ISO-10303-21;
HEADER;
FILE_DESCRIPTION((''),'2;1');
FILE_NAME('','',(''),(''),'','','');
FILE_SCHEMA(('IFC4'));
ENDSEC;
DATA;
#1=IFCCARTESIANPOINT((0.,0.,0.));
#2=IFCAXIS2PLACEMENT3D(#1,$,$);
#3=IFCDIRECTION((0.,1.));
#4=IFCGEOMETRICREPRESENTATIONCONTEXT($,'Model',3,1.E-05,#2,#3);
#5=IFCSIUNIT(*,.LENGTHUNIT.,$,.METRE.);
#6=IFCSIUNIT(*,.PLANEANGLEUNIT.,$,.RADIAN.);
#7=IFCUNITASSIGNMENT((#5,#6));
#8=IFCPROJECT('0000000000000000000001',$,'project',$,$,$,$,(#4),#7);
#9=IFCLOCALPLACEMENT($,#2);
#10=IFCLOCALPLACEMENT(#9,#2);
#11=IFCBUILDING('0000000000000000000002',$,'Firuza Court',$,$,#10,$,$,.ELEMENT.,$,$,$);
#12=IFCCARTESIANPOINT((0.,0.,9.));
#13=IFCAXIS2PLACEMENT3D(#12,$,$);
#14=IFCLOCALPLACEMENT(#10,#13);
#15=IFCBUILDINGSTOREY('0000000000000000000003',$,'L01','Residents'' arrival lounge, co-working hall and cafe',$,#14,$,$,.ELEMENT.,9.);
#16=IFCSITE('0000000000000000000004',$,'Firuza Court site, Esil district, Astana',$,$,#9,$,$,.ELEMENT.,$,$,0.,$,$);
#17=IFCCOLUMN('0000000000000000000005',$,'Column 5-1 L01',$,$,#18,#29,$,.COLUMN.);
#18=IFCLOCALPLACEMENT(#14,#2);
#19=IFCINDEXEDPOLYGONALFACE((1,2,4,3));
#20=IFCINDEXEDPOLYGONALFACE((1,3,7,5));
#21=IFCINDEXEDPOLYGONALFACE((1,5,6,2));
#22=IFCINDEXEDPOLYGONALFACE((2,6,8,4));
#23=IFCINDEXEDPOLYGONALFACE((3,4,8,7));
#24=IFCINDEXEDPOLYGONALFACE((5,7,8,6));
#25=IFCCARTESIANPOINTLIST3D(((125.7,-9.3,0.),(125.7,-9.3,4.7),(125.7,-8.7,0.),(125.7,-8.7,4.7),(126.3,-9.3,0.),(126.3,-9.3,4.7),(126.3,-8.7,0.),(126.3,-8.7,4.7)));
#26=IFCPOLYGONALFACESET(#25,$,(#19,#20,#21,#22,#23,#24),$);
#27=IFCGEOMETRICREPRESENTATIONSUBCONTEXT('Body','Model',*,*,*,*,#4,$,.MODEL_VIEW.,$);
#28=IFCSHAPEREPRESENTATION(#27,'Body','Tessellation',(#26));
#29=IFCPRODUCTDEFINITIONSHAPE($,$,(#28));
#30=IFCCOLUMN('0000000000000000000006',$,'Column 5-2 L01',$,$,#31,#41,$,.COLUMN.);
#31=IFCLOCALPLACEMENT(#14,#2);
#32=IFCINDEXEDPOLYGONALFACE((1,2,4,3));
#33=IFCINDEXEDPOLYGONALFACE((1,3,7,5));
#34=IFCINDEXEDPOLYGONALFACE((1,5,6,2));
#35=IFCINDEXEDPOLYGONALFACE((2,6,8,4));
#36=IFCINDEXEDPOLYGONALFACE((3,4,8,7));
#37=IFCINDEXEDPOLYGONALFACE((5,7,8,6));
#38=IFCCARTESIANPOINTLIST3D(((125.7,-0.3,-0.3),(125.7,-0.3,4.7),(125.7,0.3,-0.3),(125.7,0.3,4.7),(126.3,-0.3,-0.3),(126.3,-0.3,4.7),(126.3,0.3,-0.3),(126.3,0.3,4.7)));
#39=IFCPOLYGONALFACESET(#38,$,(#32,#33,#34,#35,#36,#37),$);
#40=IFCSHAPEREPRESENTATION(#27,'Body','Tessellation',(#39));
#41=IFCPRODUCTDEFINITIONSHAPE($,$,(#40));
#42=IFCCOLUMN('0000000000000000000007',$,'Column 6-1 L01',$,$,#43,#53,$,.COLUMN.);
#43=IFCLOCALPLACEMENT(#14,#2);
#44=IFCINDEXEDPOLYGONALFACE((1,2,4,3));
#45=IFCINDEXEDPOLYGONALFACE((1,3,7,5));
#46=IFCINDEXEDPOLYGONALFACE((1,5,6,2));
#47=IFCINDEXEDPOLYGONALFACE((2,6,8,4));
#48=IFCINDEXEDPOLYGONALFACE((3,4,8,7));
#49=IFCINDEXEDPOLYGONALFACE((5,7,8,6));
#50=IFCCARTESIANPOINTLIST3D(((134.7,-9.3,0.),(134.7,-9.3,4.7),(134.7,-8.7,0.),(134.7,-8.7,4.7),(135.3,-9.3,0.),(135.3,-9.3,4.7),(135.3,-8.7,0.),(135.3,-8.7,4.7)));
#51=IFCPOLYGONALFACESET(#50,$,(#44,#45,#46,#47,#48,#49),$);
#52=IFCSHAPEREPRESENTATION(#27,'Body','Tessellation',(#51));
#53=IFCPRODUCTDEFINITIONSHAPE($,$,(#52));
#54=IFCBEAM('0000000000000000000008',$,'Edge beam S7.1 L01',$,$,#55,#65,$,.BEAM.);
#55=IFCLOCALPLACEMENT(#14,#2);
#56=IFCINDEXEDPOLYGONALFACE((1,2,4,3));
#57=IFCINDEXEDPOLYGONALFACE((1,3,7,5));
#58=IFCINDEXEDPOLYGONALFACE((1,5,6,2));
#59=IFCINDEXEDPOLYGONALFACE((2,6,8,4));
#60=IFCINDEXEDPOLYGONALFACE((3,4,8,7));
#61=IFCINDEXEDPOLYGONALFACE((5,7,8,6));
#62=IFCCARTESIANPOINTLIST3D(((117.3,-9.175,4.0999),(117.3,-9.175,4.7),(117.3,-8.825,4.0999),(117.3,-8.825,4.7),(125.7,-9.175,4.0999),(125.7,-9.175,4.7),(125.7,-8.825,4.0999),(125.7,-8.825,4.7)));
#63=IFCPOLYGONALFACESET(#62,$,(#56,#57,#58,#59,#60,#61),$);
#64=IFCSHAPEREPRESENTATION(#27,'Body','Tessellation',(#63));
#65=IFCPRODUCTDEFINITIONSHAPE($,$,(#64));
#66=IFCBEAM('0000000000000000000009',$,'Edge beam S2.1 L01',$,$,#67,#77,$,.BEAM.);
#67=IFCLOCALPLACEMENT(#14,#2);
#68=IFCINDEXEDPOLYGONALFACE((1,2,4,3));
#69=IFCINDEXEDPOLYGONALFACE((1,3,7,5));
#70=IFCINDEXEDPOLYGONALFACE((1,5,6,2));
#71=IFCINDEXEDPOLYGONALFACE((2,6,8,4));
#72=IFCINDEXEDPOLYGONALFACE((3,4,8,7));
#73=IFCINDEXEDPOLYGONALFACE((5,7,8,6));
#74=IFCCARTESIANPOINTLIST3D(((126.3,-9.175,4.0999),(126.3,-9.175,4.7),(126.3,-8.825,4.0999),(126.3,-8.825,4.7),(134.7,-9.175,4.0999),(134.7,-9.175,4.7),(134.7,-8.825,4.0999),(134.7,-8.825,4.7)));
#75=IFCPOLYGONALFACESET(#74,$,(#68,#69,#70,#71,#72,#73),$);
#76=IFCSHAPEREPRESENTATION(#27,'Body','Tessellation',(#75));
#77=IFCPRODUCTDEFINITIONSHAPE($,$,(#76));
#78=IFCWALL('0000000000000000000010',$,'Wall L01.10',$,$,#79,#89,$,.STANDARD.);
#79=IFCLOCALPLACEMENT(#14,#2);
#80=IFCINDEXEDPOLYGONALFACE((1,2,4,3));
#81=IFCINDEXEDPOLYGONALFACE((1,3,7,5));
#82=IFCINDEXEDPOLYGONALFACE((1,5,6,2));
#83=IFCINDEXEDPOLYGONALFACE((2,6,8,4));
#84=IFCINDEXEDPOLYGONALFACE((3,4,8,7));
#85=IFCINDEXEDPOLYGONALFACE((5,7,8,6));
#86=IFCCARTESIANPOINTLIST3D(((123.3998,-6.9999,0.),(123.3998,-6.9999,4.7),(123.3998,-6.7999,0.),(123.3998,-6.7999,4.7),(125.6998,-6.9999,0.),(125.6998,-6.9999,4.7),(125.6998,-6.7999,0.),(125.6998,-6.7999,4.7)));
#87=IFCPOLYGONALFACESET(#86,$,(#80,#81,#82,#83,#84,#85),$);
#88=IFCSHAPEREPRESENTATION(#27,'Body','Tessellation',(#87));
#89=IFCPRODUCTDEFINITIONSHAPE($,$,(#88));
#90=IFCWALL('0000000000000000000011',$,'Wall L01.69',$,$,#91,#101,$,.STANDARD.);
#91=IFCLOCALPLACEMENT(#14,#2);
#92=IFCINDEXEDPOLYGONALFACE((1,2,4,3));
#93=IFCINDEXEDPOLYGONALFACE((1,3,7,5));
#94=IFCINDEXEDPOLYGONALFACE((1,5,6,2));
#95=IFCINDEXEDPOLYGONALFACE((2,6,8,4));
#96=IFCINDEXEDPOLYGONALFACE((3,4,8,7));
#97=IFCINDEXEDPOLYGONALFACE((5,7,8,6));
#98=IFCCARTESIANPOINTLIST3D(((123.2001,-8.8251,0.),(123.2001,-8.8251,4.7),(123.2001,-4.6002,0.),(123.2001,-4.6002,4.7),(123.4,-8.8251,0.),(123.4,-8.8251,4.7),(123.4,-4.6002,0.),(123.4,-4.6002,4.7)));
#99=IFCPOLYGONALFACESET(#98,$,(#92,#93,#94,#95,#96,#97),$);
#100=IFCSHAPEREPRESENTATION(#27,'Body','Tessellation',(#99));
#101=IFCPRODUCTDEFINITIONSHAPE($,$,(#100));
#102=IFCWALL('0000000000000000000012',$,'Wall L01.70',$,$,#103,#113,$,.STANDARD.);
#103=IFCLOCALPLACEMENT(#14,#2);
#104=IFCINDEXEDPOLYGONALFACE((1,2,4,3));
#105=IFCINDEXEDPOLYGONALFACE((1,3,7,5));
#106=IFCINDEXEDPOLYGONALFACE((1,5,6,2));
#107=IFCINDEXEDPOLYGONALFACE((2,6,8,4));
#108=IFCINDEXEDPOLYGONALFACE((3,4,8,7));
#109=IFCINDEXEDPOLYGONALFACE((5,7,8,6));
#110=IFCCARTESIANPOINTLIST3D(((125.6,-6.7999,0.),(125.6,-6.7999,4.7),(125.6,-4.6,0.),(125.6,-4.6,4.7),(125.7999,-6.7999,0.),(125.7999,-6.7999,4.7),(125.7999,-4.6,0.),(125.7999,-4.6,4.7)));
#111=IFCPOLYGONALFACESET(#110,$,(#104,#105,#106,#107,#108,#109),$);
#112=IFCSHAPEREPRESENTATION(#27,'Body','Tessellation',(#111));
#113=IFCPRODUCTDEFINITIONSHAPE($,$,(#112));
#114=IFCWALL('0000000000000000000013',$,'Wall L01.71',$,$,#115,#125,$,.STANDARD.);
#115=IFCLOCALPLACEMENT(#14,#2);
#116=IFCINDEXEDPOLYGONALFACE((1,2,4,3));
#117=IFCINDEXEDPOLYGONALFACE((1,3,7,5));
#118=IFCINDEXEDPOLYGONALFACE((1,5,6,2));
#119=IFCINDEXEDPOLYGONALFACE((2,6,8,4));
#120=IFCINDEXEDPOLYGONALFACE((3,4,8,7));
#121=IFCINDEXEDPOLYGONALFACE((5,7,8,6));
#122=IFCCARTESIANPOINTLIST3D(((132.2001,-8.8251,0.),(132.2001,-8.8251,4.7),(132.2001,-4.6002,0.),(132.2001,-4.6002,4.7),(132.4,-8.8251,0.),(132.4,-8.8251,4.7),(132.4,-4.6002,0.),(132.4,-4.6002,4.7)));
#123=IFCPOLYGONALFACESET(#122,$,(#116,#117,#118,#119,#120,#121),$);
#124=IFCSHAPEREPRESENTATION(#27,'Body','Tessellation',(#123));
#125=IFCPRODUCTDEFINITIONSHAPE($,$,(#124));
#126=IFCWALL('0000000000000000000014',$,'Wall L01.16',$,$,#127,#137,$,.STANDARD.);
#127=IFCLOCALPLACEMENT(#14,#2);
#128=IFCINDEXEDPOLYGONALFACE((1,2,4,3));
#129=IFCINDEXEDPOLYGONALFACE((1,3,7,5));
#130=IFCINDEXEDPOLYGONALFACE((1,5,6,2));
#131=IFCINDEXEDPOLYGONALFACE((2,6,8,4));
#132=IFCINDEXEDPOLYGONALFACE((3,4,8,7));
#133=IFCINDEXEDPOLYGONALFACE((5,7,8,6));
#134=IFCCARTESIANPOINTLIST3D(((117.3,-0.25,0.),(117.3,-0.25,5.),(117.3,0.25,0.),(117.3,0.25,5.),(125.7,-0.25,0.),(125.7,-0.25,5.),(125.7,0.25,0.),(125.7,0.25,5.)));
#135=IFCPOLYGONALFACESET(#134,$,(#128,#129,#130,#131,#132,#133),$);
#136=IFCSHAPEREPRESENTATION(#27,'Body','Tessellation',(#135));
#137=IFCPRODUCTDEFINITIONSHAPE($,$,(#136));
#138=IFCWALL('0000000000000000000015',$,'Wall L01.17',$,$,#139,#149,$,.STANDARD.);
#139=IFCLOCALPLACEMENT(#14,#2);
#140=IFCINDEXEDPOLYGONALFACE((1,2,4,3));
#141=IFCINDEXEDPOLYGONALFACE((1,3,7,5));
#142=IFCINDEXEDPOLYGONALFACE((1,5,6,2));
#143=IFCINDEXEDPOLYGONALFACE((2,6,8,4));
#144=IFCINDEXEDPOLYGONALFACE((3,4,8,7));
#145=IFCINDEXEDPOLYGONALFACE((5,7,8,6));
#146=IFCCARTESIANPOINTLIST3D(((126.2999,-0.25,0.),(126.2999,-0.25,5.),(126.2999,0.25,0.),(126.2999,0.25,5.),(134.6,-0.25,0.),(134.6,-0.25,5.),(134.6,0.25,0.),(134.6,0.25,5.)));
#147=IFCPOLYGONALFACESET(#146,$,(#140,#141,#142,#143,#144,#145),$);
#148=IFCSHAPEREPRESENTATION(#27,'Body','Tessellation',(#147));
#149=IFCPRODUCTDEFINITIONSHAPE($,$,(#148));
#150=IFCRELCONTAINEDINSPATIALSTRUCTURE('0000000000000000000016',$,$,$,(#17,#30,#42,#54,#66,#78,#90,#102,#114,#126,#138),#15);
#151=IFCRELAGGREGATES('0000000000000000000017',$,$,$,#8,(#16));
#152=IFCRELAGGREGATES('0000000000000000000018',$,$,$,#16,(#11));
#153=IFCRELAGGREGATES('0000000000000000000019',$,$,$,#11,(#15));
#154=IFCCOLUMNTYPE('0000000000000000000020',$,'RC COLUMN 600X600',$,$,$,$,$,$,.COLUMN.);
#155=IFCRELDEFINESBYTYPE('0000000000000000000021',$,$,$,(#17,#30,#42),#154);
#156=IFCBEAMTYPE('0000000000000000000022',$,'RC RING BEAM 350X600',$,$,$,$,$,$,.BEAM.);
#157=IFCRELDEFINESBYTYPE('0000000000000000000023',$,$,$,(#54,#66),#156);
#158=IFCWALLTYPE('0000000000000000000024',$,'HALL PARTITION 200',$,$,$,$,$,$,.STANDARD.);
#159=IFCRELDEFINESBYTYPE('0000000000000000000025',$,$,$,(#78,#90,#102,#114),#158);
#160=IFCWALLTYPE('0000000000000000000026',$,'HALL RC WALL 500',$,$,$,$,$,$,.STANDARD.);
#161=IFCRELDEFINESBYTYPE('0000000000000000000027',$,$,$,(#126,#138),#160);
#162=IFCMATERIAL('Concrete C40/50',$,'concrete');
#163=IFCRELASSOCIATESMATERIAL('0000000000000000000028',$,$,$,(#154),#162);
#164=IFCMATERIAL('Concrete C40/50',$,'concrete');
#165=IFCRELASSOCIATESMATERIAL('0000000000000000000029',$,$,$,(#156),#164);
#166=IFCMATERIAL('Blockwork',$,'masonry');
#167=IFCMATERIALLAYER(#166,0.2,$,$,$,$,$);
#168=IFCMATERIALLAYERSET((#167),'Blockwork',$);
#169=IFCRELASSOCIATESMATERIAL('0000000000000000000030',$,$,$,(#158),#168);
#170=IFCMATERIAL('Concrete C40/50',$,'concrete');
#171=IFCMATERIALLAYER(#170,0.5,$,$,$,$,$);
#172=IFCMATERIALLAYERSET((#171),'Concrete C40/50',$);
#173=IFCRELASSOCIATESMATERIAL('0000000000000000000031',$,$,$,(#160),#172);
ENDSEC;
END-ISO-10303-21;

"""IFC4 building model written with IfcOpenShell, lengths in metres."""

from ifc_helpers import new_model, si_unit, direction, frame, frame_2d, origin, origin_2d, place, context, subcontext, project, spatial, rectangle, extrude, material, layer, layer_set, material_profile, profile_set, type_object, element, save


model = new_model("IFC4")

# Units and contexts
model_context = context("Model", 3, precision=1e-05, world=origin(), true_north=direction((0.0, 1.0)))
body_context = subcontext(model_context, "Body", "Model", "MODEL_VIEW")
ifc_project = project(units=[si_unit("LENGTHUNIT", "METRE"), si_unit("PLANEANGLEUNIT", "RADIAN")], contexts=[model_context])

# Site, building, storey
site_placement = place(None, origin())
site = spatial("IfcSite", under=ifc_project, at=site_placement, Name="Firuza Court site, Esil district, Astana", CompositionType="ELEMENT", RefElevation=0.0)
building_placement = place(site_placement, origin())
building = spatial("IfcBuilding", under=site, at=building_placement, Name="Firuza Court", CompositionType="ELEMENT")
storey_placement = place(building_placement, frame((0.0, 0.0, 9.0)))
storey = spatial("IfcBuildingStorey", under=building, at=storey_placement, Name="L01", Description="Residents' arrival lounge, co-working hall and cafe", CompositionType="ELEMENT", Elevation=9.0)

# Columns
ifc_material_1 = material(Name="Concrete C40/50", Category="concrete")
ifc_material_profile_1 = material_profile(ifc_material_1, rectangle(XDim=0.6001, YDim=0.6001, at=origin_2d()), Name="RC 600X600")
ifc_profile_set_1 = profile_set([ifc_material_profile_1], Name="Concrete C40/50")
column_type = type_object("IfcColumnType", Name="RC COLUMN 600X600", PredefinedType="COLUMN", material=ifc_profile_set_1)
column_1_placement = place(storey_placement, frame((126.0, -9.0, 0.0), z_axis=(0.0, 0.0, 1.0), x_axis=(1.0, 0.0, 0.0)))
element("IfcColumn", 1, at=column_1_placement, inside=storey, type_object=column_type, Name="Column 5-1 L01", PredefinedType="COLUMN", context=body_context, shape_type="SweptSolid", body=[
    extrude(rectangle(XDim=0.6001, YDim=0.6001, at=origin_2d()), origin(), (0.0, 0.0, 1.0), 4.7),
])
column_2_placement = place(storey_placement, frame((126.0, 0.0, -0.3), z_axis=(0.0, 0.0, 1.0), x_axis=(1.0, 0.0, 0.0)))
element("IfcColumn", 2, at=column_2_placement, inside=storey, type_object=column_type, Name="Column 5-2 L01", PredefinedType="COLUMN", context=body_context, shape_type="SweptSolid", body=[
    extrude(rectangle(XDim=0.6001, YDim=0.6001, at=origin_2d()), origin(), (0.0, 0.0, 1.0), 5.0),
])
column_3_placement = place(storey_placement, frame((135.0, -9.0, 0.0), z_axis=(0.0, 0.0, 1.0), x_axis=(1.0, 0.0, 0.0)))
element("IfcColumn", 3, at=column_3_placement, inside=storey, type_object=column_type, Name="Column 6-1 L01", PredefinedType="COLUMN", context=body_context, shape_type="SweptSolid", body=[
    extrude(rectangle(XDim=0.6001, YDim=0.6001, at=origin_2d()), origin(), (0.0, 0.0, 1.0), 4.7),
])

# Beams
ifc_material_2 = material(Name="Concrete C40/50", Category="concrete")
ifc_material_profile_2 = material_profile(ifc_material_2, rectangle(XDim=0.3501, YDim=0.6001, at=origin_2d()), Name="RC 350X600")
ifc_profile_set_2 = profile_set([ifc_material_profile_2], Name="Concrete C40/50")
beam_type = type_object("IfcBeamType", Name="RC RING BEAM 350X600", PredefinedType="BEAM", material=ifc_profile_set_2)
for number, where, z_axis, x_axis, name in (
    (4, (117.3, -9.0, 4.3999), (1.0, 0.0, 0.0), (0.0, 1.0, 0.0), "Edge beam S7.1 L01"),
    (5, (126.3, -9.0, 4.3999), (1.0, 0.0, 0.0), (0.0, 1.0, 0.0), "Edge beam S2.1 L01"),
):
    element("IfcBeam", number, at=place(storey_placement, frame(where, z_axis=z_axis, x_axis=x_axis)), inside=storey, type_object=beam_type, Name=name, PredefinedType="BEAM", context=body_context, shape_type="SweptSolid", body=[
        extrude(rectangle(XDim=0.3501, YDim=0.6001, at=origin_2d()), origin(), (0.0, 0.0, 1.0), 8.3999),
    ])

# Walls
ifc_material_3 = material(Name="Blockwork", Category="masonry")
ifc_layer_1 = layer(ifc_material_3, 0.2)
ifc_layer_set_1 = layer_set([ifc_layer_1], Name="Blockwork")
wall_type_1 = type_object("IfcWallType", Name="HALL PARTITION 200", PredefinedType="STANDARD", material=ifc_layer_set_1)
wall_1_placement = place(storey_placement, frame((123.3999, -6.8999, 0.0), z_axis=(0.0, 0.0, 1.0), x_axis=(1.0, 0.0, 0.0)))
element("IfcWall", 6, at=wall_1_placement, inside=storey, type_object=wall_type_1, Name="Wall L01.10", PredefinedType="STANDARD", context=body_context, shape_type="SweptSolid", body=[
    extrude(rectangle(XDim=2.3, YDim=0.2, at=frame_2d((1.1499, 0.0))), origin(), (0.0, 0.0, 1.0), 4.7),
])
wall_2_placement = place(storey_placement, frame((123.3, -8.825, 0.0), z_axis=(0.0, 0.0, 1.0), x_axis=(0.0, 1.0, 0.0)))
element("IfcWall", 7, at=wall_2_placement, inside=storey, type_object=wall_type_1, Name="Wall L01.69", PredefinedType="STANDARD", context=body_context, shape_type="SweptSolid", body=[
    extrude(rectangle(XDim=4.2249, YDim=0.2, at=frame_2d((2.1123, 0.0))), origin(), (0.0, 0.0, 1.0), 4.7),
])
wall_3_placement = place(storey_placement, frame((125.7, -6.8, 0.0), z_axis=(0.0, 0.0, 1.0), x_axis=(0.0, 1.0, 0.0)))
element("IfcWall", 8, at=wall_3_placement, inside=storey, type_object=wall_type_1, Name="Wall L01.70", PredefinedType="STANDARD", context=body_context, shape_type="SweptSolid", body=[
    extrude(rectangle(XDim=2.2, YDim=0.2, at=frame_2d((1.1001, 0.0))), origin(), (0.0, 0.0, 1.0), 4.7),
])
wall_4_placement = place(storey_placement, frame((132.3, -8.825, 0.0), z_axis=(0.0, 0.0, 1.0), x_axis=(0.0, 1.0, 0.0)))
element("IfcWall", 9, at=wall_4_placement, inside=storey, type_object=wall_type_1, Name="Wall L01.71", PredefinedType="STANDARD", context=body_context, shape_type="SweptSolid", body=[
    extrude(rectangle(XDim=4.2249, YDim=0.2, at=frame_2d((2.1123, 0.0))), origin(), (0.0, 0.0, 1.0), 4.7),
])
ifc_material_4 = material(Name="Concrete C40/50", Category="concrete")
ifc_layer_2 = layer(ifc_material_4, 0.5)
ifc_layer_set_2 = layer_set([ifc_layer_2], Name="Concrete C40/50")
wall_type_2 = type_object("IfcWallType", Name="HALL RC WALL 500", PredefinedType="STANDARD", material=ifc_layer_set_2)
wall_5_placement = place(storey_placement, frame((117.3, 0.0, 0.0), z_axis=(0.0, 0.0, 1.0), x_axis=(1.0, 0.0, 0.0)))
element("IfcWall", 10, at=wall_5_placement, inside=storey, type_object=wall_type_2, Name="Wall L01.16", PredefinedType="STANDARD", context=body_context, shape_type="SweptSolid", body=[
    extrude(rectangle(XDim=8.3999, YDim=0.5, at=frame_2d((4.2, 0.0))), origin(), (0.0, 0.0, 1.0), 5.0),
])
wall_6_placement = place(storey_placement, frame((126.3, 0.0, 0.0), z_axis=(0.0, 0.0, 1.0), x_axis=(1.0, 0.0, 0.0)))
element("IfcWall", 11, at=wall_6_placement, inside=storey, type_object=wall_type_2, Name="Wall L01.17", PredefinedType="STANDARD", context=body_context, shape_type="SweptSolid", body=[
    extrude(rectangle(XDim=8.3, YDim=0.5, at=frame_2d((4.1499, 0.0))), origin(), (0.0, 0.0, 1.0), 5.0),
])

save(model, "model.ifc")
